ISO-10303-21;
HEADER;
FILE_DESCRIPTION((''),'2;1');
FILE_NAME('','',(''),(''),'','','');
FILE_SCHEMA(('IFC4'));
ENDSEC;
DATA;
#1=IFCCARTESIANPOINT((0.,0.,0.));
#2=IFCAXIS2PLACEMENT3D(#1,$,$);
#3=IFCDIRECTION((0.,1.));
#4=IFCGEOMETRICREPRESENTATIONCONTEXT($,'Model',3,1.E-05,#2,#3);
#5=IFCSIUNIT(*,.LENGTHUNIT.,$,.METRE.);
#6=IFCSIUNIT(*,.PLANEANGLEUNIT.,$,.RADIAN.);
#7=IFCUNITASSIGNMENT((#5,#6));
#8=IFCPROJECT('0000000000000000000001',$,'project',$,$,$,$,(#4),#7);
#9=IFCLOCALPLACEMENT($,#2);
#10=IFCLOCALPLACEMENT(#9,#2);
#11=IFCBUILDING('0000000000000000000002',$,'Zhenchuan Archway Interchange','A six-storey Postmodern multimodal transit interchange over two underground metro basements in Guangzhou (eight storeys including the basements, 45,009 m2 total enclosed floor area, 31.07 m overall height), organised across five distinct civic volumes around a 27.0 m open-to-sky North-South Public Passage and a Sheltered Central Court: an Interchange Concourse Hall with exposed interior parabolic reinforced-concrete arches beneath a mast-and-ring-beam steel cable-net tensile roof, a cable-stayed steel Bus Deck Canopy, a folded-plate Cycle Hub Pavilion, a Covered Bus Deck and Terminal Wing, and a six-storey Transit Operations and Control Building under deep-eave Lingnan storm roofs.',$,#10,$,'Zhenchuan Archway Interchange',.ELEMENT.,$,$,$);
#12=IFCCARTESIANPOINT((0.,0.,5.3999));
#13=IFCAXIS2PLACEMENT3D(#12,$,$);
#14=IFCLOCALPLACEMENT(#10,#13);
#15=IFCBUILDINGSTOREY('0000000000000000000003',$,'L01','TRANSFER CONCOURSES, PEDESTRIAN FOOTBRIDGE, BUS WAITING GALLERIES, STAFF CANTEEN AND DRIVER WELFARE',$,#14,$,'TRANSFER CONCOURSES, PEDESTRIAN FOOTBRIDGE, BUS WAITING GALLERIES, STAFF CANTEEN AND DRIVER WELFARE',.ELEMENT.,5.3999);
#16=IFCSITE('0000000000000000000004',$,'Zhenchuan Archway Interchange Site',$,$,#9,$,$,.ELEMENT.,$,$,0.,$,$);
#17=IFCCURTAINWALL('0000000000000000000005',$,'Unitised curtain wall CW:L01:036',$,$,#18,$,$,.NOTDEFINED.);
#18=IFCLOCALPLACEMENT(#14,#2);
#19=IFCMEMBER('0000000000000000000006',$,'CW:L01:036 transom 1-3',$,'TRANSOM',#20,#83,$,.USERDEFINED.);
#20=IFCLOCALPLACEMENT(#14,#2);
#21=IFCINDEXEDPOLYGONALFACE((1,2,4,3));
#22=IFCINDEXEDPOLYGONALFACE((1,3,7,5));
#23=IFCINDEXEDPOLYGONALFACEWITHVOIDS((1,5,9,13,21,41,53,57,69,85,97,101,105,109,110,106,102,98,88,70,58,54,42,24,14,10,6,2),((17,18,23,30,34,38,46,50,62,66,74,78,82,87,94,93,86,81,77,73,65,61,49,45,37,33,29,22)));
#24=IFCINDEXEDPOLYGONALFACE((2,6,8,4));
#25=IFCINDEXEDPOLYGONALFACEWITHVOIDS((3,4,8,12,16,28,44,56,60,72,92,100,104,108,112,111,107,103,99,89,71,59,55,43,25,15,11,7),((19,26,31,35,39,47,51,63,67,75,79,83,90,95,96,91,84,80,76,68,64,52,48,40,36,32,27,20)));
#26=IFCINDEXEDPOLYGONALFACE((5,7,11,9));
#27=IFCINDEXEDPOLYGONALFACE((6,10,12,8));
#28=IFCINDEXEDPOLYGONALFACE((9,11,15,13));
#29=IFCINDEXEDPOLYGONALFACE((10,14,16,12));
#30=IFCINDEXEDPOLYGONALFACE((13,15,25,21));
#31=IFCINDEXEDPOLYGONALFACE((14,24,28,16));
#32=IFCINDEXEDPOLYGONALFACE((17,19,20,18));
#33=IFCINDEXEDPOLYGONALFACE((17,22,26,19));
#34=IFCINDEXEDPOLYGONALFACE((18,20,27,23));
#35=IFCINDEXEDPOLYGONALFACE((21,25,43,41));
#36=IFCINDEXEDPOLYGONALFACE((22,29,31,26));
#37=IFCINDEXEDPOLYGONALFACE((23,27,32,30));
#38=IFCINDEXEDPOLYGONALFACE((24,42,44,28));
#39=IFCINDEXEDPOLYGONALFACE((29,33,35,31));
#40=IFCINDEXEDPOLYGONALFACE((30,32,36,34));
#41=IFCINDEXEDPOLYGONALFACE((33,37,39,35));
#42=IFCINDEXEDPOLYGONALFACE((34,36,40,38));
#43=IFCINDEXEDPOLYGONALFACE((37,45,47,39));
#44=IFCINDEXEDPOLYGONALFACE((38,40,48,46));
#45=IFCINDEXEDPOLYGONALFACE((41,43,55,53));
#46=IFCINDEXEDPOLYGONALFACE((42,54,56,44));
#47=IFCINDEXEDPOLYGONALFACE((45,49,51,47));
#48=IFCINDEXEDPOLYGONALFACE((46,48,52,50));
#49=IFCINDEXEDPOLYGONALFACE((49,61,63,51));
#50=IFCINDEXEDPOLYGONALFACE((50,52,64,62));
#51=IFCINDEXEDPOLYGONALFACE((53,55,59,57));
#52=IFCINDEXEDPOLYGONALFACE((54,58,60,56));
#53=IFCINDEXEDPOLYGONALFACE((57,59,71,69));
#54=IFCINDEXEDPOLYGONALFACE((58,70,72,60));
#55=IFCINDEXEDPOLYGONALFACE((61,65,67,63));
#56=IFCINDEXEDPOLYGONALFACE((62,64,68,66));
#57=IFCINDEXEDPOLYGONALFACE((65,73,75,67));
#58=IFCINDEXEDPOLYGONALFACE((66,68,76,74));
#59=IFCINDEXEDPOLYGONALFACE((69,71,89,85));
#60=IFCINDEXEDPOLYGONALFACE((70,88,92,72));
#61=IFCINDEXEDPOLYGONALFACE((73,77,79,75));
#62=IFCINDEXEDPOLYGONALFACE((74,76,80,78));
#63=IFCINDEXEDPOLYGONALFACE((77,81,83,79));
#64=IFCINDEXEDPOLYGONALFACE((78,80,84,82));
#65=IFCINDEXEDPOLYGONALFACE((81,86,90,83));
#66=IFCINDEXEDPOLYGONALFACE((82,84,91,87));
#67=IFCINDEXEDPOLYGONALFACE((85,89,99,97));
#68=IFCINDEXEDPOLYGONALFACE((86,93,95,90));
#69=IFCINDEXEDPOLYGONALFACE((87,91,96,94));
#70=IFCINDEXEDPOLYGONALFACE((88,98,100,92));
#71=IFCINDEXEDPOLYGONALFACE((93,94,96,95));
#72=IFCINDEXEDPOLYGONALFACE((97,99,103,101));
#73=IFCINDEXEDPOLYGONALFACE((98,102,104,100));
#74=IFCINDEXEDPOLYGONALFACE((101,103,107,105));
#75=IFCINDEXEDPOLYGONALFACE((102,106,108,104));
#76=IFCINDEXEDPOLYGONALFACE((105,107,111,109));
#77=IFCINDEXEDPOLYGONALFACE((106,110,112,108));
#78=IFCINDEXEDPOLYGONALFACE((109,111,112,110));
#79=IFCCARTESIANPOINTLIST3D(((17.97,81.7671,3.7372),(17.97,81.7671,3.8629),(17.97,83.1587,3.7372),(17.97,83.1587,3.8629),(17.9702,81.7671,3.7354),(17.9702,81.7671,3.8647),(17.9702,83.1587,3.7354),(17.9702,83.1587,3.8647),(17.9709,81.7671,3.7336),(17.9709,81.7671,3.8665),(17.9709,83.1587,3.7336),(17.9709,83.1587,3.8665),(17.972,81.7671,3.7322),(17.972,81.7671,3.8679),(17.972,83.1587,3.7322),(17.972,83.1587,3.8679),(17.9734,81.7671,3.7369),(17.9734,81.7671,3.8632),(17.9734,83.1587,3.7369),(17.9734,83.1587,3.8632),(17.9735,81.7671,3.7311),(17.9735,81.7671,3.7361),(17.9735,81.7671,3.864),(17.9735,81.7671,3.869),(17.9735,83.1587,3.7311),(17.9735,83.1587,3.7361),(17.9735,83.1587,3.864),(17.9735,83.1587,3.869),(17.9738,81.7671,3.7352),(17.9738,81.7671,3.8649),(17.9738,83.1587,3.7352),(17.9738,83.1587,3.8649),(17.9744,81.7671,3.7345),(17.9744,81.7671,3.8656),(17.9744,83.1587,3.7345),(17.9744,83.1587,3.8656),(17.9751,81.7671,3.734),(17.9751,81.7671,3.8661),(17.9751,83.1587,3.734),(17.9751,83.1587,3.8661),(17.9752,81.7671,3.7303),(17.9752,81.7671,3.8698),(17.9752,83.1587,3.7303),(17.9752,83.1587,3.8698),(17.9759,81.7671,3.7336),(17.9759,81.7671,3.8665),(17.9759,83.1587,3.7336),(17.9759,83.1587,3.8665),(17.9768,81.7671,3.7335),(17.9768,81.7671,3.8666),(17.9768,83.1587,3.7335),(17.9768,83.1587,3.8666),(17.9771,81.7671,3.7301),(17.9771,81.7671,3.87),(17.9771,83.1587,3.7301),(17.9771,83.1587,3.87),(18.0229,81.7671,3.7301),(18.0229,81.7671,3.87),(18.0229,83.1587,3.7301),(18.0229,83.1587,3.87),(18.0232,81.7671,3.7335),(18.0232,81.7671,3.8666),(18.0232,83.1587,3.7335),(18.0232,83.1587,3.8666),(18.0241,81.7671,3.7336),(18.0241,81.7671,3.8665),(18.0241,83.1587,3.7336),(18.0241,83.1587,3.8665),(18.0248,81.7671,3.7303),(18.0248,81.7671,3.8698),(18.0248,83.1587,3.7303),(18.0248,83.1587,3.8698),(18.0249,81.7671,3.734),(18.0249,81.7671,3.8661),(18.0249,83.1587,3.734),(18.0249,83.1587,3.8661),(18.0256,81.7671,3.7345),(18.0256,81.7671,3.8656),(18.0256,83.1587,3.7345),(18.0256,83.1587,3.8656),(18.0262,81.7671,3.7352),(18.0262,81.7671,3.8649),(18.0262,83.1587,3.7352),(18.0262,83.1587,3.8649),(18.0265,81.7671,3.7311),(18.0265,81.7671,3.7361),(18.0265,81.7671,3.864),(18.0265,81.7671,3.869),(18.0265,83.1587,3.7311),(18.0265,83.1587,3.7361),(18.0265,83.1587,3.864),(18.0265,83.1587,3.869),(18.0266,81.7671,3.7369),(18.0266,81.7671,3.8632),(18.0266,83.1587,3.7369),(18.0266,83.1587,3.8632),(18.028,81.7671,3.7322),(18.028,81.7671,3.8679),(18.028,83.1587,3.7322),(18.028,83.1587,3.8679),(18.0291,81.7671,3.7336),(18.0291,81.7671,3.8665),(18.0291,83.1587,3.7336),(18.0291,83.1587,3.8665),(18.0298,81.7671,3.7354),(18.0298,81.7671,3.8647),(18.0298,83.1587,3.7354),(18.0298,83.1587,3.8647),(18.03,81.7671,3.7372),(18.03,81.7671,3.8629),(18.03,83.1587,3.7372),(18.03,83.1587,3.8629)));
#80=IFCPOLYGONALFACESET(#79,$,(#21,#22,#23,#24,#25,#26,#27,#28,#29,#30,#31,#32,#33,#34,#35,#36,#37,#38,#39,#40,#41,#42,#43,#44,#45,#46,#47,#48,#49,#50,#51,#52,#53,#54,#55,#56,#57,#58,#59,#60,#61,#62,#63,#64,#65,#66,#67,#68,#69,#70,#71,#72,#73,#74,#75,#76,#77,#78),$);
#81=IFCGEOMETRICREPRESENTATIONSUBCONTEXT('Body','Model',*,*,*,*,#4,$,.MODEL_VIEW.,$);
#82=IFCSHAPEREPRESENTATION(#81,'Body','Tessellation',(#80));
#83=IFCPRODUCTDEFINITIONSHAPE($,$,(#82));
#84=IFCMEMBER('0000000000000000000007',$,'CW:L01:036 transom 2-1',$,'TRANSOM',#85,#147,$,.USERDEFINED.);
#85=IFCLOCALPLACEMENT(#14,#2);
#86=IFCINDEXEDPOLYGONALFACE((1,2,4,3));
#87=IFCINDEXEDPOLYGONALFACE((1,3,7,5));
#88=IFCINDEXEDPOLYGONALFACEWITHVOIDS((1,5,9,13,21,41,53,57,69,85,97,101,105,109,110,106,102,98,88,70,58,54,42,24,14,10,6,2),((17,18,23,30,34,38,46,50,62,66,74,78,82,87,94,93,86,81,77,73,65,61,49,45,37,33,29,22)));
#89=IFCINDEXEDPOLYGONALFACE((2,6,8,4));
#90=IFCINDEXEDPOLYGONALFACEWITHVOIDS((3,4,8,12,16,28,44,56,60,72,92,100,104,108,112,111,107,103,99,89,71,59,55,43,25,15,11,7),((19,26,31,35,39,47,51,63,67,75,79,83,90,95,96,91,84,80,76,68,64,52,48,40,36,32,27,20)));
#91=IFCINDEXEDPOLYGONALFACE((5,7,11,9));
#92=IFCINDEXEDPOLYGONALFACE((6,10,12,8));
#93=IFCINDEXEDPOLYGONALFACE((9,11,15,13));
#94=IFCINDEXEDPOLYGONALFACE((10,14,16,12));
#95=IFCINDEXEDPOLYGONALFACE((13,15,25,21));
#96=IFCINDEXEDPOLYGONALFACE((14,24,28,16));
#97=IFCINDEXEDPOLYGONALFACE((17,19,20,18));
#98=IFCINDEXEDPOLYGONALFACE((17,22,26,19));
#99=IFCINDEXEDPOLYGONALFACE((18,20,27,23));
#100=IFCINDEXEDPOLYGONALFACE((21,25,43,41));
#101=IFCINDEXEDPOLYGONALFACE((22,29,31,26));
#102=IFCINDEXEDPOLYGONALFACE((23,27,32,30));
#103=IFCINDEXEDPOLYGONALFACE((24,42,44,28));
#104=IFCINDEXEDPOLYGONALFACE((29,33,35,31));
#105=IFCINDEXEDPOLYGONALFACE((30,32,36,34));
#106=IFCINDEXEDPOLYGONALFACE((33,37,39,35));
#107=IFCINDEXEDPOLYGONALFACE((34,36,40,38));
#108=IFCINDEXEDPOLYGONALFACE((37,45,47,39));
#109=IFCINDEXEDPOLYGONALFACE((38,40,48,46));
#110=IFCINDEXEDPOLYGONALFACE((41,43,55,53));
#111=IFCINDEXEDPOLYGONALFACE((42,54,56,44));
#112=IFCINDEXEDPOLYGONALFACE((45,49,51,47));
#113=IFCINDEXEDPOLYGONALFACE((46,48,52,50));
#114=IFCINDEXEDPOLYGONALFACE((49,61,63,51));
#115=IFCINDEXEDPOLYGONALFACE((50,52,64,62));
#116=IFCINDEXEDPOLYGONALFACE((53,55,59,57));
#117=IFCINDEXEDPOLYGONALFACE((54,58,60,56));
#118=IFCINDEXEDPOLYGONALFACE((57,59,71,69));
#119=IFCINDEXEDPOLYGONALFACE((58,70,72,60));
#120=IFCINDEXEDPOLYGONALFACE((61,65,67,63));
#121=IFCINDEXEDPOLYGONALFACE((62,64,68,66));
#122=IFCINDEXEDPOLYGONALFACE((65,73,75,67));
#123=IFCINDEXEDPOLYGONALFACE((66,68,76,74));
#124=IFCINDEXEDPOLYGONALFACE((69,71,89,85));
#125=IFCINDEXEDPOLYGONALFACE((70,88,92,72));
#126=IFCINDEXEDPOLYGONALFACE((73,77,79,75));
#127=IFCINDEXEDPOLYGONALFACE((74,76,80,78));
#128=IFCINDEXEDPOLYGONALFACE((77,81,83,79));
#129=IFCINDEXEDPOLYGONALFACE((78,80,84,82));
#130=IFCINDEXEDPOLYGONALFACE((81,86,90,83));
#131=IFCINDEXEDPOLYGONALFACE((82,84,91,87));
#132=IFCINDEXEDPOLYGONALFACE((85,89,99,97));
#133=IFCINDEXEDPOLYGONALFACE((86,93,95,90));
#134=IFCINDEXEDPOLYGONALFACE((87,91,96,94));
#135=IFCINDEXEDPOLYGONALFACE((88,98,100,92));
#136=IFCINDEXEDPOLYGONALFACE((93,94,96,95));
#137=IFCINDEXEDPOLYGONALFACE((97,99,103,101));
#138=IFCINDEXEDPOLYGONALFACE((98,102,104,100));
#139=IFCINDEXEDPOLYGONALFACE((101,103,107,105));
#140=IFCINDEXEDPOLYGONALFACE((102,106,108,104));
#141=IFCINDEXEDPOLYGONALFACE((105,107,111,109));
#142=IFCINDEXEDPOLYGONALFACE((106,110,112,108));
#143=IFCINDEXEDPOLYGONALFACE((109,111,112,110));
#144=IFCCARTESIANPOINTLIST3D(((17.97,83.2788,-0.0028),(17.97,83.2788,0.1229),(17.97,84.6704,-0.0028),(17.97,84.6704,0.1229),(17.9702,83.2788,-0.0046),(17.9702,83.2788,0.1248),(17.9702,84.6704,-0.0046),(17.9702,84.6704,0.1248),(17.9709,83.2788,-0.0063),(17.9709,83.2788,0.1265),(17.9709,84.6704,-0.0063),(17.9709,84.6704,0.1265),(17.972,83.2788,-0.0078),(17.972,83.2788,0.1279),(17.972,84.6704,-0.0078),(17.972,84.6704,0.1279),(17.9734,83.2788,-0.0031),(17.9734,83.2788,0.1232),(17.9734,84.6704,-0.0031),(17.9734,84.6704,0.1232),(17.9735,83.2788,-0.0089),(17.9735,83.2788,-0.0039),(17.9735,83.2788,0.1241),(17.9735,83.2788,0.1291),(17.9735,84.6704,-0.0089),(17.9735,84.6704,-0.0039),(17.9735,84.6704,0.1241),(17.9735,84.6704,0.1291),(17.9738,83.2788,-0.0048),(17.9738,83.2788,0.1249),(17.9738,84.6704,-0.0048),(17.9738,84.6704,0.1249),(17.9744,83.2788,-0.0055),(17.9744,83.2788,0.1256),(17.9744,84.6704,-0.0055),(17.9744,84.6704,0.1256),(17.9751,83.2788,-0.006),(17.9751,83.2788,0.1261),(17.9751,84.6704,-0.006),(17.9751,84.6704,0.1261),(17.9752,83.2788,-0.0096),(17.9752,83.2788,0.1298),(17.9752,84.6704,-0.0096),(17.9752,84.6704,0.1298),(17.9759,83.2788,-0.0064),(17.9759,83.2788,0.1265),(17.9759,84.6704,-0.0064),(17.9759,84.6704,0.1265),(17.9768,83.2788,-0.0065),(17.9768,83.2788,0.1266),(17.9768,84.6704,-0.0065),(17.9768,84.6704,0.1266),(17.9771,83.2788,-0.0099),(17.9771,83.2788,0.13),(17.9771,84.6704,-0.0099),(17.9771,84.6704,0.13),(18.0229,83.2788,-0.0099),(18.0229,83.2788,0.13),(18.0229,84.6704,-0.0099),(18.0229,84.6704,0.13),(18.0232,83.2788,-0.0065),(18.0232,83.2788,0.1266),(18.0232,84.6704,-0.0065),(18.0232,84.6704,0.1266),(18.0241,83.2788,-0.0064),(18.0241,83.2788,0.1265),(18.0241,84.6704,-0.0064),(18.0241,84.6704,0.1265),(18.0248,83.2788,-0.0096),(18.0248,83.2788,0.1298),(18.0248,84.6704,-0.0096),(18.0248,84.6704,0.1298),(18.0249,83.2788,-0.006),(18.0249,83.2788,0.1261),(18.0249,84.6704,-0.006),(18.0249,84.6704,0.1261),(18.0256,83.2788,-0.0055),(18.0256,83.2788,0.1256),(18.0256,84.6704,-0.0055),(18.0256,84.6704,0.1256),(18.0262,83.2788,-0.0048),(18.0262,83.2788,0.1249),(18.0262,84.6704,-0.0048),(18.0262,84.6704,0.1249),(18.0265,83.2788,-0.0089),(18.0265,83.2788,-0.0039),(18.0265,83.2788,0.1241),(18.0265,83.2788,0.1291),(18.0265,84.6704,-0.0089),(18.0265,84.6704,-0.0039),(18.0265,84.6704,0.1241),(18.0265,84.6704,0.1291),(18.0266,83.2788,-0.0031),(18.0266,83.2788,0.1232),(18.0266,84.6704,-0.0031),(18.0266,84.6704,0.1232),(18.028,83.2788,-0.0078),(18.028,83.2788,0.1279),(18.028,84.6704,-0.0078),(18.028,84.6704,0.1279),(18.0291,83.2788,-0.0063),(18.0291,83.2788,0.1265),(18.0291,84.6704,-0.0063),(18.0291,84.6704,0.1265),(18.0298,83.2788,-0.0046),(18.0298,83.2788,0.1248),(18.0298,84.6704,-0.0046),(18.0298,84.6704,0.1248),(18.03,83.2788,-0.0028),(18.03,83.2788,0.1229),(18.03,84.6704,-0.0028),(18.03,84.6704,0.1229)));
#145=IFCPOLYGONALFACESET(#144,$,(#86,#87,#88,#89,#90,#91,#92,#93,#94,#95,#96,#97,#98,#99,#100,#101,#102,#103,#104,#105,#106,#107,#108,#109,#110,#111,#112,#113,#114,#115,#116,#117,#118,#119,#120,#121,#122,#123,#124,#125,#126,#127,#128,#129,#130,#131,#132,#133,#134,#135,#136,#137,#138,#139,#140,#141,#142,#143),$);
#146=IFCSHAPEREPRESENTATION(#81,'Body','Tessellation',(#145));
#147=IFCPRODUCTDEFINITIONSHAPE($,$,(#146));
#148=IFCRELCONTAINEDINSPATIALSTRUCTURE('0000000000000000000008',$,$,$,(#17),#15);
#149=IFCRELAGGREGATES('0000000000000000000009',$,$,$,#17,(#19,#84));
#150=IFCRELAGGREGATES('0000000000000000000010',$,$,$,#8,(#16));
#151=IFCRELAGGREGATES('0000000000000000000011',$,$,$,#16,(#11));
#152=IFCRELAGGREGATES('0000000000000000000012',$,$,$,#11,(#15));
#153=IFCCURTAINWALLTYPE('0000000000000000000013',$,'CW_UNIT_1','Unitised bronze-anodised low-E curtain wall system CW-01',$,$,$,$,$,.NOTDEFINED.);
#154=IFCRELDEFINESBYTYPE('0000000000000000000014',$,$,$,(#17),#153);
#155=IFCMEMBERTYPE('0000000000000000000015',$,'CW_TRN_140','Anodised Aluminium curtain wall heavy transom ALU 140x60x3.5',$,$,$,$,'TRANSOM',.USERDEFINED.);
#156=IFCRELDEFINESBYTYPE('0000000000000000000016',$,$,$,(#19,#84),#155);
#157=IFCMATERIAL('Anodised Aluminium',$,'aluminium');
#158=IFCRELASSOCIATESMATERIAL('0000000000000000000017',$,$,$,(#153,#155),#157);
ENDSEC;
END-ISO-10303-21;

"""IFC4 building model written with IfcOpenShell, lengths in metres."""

from ifc_helpers import new_model, si_unit, direction, frame, origin, origin_2d, place, context, subcontext, project, spatial, hollow_rectangle, extrude, material, material_profile, profile_set, type_object, element, aggregate, save


model = new_model("IFC4")

# Units and contexts
model_context = context("Model", 3, precision=1e-05, world=origin(), true_north=direction((0.0, 1.0)))
body_context = subcontext(model_context, "Body", "Model", "MODEL_VIEW")
ifc_project = project(units=[si_unit("LENGTHUNIT", "METRE"), si_unit("PLANEANGLEUNIT", "RADIAN")], contexts=[model_context])

# Site, building, storey
site_placement = place(None, origin())
site = spatial("IfcSite", under=ifc_project, at=site_placement, Name="Zhenchuan Archway Interchange Site", CompositionType="ELEMENT", RefElevation=0.0)
building_placement = place(site_placement, origin())
building = spatial("IfcBuilding", under=site, at=building_placement, Name="Zhenchuan Archway Interchange", Description="A six-storey Postmodern multimodal transit interchange over two underground metro basements in Guangzhou (eight storeys including the basements, 45,009 m2 total enclosed floor area, 31.07 m overall height), organised across five distinct civic volumes around a 27.0 m open-to-sky North-South Public Passage and a Sheltered Central Court: an Interchange Concourse Hall with exposed interior parabolic reinforced-concrete arches beneath a mast-and-ring-beam steel cable-net tensile roof, a cable-stayed steel Bus Deck Canopy, a folded-plate Cycle Hub Pavilion, a Covered Bus Deck and Terminal Wing, and a six-storey Transit Operations and Control Building under deep-eave Lingnan storm roofs.", LongName="Zhenchuan Archway Interchange", CompositionType="ELEMENT")
storey_placement = place(building_placement, frame((0.0, 0.0, 5.3999)))
storey = spatial("IfcBuildingStorey", under=building, at=storey_placement, Name="L01", Description="TRANSFER CONCOURSES, PEDESTRIAN FOOTBRIDGE, BUS WAITING GALLERIES, STAFF CANTEEN AND DRIVER WELFARE", LongName="TRANSFER CONCOURSES, PEDESTRIAN FOOTBRIDGE, BUS WAITING GALLERIES, STAFF CANTEEN AND DRIVER WELFARE", CompositionType="ELEMENT", Elevation=5.3999)

# Curtain wall, members
ifc_material_1 = material(Name="Anodised Aluminium", Category="aluminium")
curtain_wall_type = type_object("IfcCurtainWallType", Name="CW_UNIT_1", Description="Unitised bronze-anodised low-E curtain wall system CW-01", PredefinedType="NOTDEFINED", material=ifc_material_1)
curtain_wall_placement = place(storey_placement, origin())
curtain_wall = element("IfcCurtainWall", 1, at=curtain_wall_placement, inside=storey, type_object=curtain_wall_type, Name="Unitised curtain wall CW:L01:036", PredefinedType="NOTDEFINED")
ifc_material_profile_1 = material_profile(ifc_material_1, hollow_rectangle(XDim=0.0601, YDim=0.1399, WallThickness=0.0034, InnerFilletRadius=0.0034, OuterFilletRadius=0.0071, at=origin_2d()), Name="ALU 140x60x3.5")
ifc_profile_set_1 = profile_set([ifc_material_profile_1], Name="Anodised Aluminium")
member_type_1 = type_object("IfcMemberType", Name="CW_TRN_140", Description="Anodised Aluminium curtain wall heavy transom ALU 140x60x3.5", ElementType="TRANSOM", PredefinedType="USERDEFINED", material=ifc_profile_set_1)
member_1_placement = place(storey_placement, frame((18.0, 81.7671, 3.8), z_axis=(0.0, 1.0, 0.0), x_axis=(-1.0, 0.0, 0.0)))
member_1 = element("IfcMember", 2, at=member_1_placement, type_object=member_type_1, Name="CW:L01:036 transom 1-3", ObjectType="TRANSOM", PredefinedType="USERDEFINED", context=body_context, shape_type="SweptSolid", body=[
    extrude(hollow_rectangle(XDim=0.0601, YDim=0.1399, WallThickness=0.0034, InnerFilletRadius=0.0034, OuterFilletRadius=0.0071, at=origin_2d()), origin(), (0.0, 0.0, 1.0), 1.3916),
])
member_2_placement = place(storey_placement, frame((18.0, 83.2788, 0.0601), z_axis=(0.0, 1.0, 0.0), x_axis=(-1.0, 0.0, 0.0)))
member_2 = element("IfcMember", 3, at=member_2_placement, type_object=member_type_1, Name="CW:L01:036 transom 2-1", ObjectType="TRANSOM", PredefinedType="USERDEFINED", context=body_context, shape_type="SweptSolid", body=[
    extrude(hollow_rectangle(XDim=0.0601, YDim=0.1399, WallThickness=0.0034, InnerFilletRadius=0.0034, OuterFilletRadius=0.0071, at=origin_2d()), origin(), (0.0, 0.0, 1.0), 1.3916),
])
aggregate(curtain_wall, [member_1, member_2])

save(model, "model.ifc")
